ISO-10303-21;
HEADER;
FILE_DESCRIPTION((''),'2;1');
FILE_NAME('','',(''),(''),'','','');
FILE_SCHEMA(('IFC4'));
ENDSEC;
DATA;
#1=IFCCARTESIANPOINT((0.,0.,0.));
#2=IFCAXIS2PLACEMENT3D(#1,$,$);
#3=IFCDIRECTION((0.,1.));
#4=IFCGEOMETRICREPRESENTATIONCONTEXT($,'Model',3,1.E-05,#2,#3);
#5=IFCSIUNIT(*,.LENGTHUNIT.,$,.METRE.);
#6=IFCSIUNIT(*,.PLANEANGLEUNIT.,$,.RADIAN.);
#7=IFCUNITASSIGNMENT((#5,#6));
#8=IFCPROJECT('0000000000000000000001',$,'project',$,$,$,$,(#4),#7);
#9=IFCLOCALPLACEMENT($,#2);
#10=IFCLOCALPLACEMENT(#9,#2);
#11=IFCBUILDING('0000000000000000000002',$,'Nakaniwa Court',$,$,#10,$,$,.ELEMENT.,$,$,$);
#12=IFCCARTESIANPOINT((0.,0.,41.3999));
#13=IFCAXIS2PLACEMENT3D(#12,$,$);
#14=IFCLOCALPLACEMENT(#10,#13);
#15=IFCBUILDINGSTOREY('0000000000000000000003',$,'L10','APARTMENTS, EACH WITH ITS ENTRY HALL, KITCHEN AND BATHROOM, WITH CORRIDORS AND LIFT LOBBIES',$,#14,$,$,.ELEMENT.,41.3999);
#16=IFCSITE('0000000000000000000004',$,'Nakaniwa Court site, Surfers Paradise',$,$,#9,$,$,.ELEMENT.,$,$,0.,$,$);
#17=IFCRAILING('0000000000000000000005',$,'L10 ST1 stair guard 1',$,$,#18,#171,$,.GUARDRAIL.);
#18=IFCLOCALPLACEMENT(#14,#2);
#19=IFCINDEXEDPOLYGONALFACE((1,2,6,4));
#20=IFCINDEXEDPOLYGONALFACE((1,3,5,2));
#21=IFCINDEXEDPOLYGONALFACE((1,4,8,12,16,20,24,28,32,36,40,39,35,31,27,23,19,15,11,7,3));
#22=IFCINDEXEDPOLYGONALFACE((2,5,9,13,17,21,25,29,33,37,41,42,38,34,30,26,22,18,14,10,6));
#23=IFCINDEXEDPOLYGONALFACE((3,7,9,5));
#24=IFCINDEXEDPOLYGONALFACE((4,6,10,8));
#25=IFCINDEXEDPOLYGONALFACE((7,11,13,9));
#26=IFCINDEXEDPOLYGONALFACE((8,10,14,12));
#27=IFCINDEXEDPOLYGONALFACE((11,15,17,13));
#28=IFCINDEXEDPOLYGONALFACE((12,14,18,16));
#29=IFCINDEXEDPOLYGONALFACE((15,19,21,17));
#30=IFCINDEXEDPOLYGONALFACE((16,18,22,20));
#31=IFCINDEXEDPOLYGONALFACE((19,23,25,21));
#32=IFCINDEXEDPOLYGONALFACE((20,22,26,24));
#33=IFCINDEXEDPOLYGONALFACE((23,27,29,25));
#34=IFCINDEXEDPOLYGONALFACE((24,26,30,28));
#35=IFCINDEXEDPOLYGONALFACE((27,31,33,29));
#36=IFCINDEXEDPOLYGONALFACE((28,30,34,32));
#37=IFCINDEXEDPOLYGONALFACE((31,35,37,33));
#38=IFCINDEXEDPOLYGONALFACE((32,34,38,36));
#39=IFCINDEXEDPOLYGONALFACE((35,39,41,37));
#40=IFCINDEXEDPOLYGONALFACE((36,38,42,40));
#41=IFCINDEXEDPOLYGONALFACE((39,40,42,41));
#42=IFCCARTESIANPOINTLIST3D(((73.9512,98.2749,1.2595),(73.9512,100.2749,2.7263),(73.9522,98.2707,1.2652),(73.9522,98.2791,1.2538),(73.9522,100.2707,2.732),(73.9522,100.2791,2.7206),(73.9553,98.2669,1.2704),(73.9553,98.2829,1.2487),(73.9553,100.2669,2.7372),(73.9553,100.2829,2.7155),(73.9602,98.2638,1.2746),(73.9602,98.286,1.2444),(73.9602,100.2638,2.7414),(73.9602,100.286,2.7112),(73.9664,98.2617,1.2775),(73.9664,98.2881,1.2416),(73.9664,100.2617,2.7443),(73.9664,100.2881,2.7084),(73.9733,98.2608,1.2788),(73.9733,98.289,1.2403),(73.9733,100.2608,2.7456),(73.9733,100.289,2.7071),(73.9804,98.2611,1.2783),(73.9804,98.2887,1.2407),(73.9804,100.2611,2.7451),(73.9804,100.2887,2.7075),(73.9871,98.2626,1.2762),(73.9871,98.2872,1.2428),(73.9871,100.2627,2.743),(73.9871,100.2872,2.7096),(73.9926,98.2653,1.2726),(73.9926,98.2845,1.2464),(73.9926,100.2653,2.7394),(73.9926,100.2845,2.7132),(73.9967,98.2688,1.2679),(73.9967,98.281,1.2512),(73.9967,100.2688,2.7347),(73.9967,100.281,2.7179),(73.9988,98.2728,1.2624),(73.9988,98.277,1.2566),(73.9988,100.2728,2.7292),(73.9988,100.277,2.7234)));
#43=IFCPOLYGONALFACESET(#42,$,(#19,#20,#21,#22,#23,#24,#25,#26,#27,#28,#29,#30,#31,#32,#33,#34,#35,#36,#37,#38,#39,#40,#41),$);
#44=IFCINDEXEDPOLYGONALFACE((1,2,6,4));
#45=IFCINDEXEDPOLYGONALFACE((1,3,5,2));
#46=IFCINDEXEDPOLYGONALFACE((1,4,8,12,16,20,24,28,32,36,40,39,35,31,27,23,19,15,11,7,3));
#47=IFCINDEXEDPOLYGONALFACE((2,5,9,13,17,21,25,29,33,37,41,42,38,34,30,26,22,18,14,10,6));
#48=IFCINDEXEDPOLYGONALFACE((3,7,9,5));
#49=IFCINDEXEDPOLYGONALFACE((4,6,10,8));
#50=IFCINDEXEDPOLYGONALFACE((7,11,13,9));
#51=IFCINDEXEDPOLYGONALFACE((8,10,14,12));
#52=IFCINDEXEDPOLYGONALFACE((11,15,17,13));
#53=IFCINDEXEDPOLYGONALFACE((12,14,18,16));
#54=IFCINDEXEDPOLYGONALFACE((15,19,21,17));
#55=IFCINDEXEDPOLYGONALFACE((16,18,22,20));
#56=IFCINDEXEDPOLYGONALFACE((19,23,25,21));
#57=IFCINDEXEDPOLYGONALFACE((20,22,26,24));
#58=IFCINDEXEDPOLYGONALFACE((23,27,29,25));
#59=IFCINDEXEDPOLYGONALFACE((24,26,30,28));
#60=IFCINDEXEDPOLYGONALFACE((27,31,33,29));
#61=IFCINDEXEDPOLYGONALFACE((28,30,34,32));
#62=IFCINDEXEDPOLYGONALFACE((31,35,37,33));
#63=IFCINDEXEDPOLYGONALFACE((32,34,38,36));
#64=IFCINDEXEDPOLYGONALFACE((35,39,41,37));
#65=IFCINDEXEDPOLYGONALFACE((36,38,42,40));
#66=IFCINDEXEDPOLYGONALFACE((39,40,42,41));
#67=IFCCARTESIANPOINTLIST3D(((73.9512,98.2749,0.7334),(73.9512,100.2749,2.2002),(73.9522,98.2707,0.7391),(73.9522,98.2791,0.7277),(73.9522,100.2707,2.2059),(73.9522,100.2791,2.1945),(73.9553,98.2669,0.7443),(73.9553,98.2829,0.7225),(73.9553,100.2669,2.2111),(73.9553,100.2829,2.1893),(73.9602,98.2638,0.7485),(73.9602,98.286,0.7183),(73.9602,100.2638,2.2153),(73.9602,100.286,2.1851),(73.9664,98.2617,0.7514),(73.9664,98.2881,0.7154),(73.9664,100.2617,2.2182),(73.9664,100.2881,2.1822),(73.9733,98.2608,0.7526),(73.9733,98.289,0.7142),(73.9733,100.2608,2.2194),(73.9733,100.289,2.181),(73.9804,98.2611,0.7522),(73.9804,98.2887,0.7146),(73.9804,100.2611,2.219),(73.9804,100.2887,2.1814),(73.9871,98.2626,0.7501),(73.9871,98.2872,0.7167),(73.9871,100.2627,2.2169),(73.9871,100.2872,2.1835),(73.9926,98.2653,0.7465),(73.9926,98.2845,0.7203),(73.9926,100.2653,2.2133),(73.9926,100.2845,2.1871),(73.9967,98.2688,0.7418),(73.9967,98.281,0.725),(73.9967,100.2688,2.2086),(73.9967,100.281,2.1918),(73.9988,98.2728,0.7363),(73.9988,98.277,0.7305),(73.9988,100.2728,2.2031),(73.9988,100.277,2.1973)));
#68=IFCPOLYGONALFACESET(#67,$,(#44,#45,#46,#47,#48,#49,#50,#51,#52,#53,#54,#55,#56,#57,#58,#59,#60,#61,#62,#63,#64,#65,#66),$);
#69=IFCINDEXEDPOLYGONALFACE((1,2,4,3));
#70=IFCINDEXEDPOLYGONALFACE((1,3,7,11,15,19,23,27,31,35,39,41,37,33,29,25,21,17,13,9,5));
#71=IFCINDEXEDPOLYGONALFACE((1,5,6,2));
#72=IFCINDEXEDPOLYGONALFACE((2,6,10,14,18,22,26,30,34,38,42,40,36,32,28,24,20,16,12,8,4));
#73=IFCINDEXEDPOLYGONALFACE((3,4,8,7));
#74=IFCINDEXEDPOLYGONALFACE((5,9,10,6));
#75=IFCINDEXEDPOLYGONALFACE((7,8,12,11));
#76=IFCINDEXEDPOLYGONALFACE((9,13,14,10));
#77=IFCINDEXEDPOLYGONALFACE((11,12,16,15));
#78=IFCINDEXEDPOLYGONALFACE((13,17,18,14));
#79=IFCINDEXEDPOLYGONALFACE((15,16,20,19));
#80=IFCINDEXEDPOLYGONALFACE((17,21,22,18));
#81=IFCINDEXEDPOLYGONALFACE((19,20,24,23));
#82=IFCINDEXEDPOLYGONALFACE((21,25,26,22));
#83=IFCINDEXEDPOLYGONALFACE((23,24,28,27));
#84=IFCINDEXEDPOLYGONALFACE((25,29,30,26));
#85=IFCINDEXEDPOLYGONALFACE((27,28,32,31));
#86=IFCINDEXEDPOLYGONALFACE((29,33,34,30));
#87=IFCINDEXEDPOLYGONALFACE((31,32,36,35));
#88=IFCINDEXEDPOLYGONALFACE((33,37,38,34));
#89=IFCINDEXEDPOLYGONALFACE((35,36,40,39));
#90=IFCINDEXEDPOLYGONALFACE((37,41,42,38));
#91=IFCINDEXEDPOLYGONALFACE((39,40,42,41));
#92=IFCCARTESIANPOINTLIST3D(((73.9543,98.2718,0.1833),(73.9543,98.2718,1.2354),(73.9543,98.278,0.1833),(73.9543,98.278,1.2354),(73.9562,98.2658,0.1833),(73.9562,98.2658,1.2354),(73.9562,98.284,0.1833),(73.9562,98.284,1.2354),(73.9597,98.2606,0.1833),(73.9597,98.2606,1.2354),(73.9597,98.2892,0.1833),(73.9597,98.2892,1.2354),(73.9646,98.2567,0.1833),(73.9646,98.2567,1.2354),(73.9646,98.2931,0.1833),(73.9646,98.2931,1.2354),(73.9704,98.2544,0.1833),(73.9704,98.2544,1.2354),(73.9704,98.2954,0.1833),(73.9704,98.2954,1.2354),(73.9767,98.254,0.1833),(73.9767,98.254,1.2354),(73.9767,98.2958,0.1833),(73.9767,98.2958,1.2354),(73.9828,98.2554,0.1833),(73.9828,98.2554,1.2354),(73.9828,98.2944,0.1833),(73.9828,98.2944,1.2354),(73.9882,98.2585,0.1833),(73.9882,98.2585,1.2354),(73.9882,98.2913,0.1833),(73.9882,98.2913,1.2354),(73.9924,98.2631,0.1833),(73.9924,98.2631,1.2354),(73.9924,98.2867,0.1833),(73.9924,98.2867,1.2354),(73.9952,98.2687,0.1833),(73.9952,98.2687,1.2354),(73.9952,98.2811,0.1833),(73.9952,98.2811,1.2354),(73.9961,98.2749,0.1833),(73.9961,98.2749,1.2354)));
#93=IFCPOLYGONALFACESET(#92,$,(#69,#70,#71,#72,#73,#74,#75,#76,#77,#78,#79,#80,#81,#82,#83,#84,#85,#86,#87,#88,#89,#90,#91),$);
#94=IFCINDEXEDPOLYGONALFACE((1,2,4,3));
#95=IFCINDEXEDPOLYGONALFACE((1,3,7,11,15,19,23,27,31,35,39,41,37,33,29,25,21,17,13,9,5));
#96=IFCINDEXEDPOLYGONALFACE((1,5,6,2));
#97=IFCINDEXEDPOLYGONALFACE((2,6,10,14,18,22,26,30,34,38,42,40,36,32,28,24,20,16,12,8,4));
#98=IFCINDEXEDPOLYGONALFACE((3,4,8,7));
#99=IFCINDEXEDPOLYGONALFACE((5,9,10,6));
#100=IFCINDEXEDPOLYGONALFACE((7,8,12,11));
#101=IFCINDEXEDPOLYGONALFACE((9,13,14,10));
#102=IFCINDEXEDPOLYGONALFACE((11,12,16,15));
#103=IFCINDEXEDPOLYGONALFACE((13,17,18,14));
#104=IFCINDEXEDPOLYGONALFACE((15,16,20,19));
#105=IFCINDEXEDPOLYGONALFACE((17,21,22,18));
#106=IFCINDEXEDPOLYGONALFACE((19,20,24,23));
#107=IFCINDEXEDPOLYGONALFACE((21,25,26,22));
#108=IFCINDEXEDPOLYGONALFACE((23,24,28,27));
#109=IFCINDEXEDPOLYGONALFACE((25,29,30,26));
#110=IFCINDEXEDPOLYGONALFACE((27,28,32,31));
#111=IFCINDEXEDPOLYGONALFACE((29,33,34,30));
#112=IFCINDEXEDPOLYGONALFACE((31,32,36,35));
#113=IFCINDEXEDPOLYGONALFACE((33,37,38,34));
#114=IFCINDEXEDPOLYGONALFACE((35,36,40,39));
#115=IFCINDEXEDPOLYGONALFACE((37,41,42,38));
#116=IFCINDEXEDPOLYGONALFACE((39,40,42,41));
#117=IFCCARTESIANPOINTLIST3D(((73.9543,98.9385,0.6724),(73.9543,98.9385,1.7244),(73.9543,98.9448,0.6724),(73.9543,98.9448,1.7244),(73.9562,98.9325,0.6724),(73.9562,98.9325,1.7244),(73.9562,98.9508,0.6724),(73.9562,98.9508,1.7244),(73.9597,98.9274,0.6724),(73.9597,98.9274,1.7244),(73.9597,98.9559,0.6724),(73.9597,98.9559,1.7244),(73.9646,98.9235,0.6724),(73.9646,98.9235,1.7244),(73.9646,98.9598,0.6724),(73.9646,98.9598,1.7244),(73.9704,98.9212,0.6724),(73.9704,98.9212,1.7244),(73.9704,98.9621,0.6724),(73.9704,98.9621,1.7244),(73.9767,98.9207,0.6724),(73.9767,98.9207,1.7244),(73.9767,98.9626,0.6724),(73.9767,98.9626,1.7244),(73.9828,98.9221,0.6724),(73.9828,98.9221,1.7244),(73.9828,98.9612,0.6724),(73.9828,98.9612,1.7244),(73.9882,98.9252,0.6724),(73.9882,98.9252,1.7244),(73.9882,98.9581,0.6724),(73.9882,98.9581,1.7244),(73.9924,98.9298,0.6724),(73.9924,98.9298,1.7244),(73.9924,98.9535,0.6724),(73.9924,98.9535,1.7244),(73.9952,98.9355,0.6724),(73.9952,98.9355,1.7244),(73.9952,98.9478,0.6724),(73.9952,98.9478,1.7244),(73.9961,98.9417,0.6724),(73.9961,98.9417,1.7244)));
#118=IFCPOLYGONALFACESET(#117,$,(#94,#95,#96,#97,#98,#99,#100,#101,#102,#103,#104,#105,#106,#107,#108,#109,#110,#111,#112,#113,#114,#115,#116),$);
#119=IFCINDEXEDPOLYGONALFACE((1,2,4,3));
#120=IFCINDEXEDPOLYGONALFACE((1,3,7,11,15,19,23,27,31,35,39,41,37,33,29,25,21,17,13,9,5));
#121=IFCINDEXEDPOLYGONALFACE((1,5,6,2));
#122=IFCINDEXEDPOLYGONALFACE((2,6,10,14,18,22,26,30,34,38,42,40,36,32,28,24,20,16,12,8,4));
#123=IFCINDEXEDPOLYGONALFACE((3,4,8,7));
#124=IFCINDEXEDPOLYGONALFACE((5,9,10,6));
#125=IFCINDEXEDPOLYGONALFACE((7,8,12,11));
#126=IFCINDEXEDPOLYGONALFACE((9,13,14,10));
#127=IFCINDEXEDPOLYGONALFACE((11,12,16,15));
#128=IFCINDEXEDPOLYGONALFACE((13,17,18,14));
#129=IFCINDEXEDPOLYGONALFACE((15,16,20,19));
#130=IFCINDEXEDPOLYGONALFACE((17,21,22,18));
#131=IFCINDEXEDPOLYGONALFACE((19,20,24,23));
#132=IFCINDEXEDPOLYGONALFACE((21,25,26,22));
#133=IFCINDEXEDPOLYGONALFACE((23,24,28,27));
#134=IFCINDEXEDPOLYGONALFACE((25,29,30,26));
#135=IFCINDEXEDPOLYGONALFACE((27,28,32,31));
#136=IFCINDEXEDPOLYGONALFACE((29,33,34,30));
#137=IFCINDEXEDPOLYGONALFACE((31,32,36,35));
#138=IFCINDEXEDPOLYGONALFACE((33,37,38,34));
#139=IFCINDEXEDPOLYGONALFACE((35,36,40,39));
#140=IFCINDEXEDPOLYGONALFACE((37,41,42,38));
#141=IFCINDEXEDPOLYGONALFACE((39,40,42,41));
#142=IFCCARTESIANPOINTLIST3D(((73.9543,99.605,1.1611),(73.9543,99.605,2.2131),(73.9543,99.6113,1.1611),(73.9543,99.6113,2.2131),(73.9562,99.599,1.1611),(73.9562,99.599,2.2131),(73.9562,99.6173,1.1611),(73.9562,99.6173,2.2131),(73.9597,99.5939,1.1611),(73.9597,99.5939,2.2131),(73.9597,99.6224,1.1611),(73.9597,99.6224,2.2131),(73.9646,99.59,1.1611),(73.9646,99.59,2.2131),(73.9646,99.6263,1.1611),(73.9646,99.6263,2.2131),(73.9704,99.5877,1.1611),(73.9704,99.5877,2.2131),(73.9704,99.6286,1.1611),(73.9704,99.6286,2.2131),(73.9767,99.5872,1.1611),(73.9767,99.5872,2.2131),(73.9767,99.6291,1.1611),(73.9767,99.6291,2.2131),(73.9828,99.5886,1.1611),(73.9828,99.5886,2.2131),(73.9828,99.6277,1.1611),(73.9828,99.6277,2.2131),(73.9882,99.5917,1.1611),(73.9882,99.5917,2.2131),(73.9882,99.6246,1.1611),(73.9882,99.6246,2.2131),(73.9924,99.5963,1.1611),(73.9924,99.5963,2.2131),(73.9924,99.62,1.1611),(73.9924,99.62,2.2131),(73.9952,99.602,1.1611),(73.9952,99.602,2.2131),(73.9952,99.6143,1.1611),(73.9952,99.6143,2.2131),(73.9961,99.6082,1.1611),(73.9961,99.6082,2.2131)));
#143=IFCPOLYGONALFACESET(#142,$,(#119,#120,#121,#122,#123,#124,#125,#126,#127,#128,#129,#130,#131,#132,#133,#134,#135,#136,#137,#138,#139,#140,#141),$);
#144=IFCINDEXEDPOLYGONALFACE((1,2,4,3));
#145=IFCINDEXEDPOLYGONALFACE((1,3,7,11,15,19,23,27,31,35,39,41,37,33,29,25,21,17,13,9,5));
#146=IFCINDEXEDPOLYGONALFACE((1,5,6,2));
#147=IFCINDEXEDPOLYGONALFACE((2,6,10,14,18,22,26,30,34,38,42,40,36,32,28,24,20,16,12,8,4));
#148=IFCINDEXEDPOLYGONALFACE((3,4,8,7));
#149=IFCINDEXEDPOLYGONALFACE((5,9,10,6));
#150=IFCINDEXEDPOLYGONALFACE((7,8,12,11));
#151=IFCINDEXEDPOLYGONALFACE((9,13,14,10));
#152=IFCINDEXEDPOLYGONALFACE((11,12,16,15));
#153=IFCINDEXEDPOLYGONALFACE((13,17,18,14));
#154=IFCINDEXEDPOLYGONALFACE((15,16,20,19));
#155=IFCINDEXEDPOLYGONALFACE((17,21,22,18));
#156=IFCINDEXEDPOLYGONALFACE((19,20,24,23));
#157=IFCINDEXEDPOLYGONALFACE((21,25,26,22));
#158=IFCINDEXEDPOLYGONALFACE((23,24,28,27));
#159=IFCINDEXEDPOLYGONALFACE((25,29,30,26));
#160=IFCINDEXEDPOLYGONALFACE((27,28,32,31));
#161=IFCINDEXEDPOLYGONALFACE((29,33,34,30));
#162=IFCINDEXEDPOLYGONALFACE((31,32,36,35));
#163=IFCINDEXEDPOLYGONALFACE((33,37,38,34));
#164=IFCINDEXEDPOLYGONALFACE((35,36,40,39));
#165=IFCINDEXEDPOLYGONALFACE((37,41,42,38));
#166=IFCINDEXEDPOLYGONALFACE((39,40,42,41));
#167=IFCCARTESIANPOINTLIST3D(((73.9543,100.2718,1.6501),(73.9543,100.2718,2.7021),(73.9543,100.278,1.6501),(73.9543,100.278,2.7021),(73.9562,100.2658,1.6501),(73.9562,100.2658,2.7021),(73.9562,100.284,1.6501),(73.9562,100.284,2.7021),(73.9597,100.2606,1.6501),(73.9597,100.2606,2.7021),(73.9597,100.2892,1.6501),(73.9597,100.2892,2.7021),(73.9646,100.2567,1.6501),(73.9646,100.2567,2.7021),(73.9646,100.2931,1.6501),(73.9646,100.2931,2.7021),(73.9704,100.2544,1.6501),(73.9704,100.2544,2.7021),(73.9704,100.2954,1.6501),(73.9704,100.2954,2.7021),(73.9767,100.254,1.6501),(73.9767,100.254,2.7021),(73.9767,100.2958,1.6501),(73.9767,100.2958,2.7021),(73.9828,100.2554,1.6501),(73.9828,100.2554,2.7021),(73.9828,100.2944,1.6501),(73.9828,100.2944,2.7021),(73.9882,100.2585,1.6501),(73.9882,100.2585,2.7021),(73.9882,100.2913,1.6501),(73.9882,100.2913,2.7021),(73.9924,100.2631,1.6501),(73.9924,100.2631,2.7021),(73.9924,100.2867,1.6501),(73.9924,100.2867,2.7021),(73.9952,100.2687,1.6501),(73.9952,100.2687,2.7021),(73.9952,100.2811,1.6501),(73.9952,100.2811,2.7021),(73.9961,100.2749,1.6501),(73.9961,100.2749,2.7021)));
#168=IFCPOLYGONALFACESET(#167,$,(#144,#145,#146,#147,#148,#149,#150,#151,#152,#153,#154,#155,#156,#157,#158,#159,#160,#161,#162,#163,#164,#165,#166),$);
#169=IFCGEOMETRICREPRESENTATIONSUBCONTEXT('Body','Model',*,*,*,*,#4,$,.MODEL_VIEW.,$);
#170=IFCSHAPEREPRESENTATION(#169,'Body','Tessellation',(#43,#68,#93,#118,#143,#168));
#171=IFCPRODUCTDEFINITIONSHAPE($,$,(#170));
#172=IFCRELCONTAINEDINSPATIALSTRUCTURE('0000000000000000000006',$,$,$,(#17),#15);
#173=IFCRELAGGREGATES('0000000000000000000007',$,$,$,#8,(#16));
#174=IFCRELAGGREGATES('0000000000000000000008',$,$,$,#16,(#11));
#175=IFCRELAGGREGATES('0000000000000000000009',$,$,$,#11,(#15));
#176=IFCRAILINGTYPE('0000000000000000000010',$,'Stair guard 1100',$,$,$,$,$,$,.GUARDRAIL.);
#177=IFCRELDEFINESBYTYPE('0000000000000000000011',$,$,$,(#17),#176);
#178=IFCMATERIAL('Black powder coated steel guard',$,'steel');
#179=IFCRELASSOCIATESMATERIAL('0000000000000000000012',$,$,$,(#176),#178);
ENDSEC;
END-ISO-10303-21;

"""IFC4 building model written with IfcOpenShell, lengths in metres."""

from ifc_helpers import new_model, si_unit, direction, frame, origin, origin_2d, place, context, subcontext, project, spatial, circle, extrude, material, type_object, element, save


model = new_model("IFC4")

# Units and contexts
model_context = context("Model", 3, precision=1e-05, world=origin(), true_north=direction((0.0, 1.0)))
body_context = subcontext(model_context, "Body", "Model", "MODEL_VIEW")
ifc_project = project(units=[si_unit("LENGTHUNIT", "METRE"), si_unit("PLANEANGLEUNIT", "RADIAN")], contexts=[model_context])

# Site, building, storey
site_placement = place(None, origin())
site = spatial("IfcSite", under=ifc_project, at=site_placement, Name="Nakaniwa Court site, Surfers Paradise", CompositionType="ELEMENT", RefElevation=0.0)
building_placement = place(site_placement, origin())
building = spatial("IfcBuilding", under=site, at=building_placement, Name="Nakaniwa Court", CompositionType="ELEMENT")
storey_placement = place(building_placement, frame((0.0, 0.0, 41.3999)))
storey = spatial("IfcBuildingStorey", under=building, at=storey_placement, Name="L10", Description="APARTMENTS, EACH WITH ITS ENTRY HALL, KITCHEN AND BATHROOM, WITH CORRIDORS AND LIFT LOBBIES", CompositionType="ELEMENT", Elevation=41.3999)

# Railing
ifc_material_1 = material(Name="Black powder coated steel guard", Category="steel")
railing_type_1 = type_object("IfcRailingType", Name="Stair guard 1100", PredefinedType="GUARDRAIL", material=ifc_material_1)
railing_1_placement = place(storey_placement, frame((73.9751, 98.2749, 0.1833)))
element("IfcRailing", 1, at=railing_1_placement, inside=storey, type_object=railing_type_1, Name="L10 ST1 stair guard 1", PredefinedType="GUARDRAIL", context=body_context, shape_type="SweptSolid", body=[
    extrude(circle(Radius=0.0239, at=origin_2d()), frame((0.0, 0.0, 1.0762), z_axis=(0.0, 0.80638, 0.591398), x_axis=(-1.0, 0.0, 0.0)), (0.0, 0.0, 1.0), 2.4802),
    extrude(circle(Radius=0.0239, at=origin_2d()), frame((0.0, 0.0, 0.55), z_axis=(0.0, 0.80638, 0.591398), x_axis=(-1.0, 0.0, 0.0)), (0.0, 0.0, 1.0), 2.4802),
    extrude(circle(Radius=0.021, at=origin_2d()), origin(), (0.0, 0.0, 1.0), 1.052),
    extrude(circle(Radius=0.021, at=origin_2d()), frame((0.0, 0.6667, 0.489)), (0.0, 0.0, 1.0), 1.052),
    extrude(circle(Radius=0.021, at=origin_2d()), frame((0.0, 1.3333, 0.9778)), (0.0, 0.0, 1.0), 1.052),
    extrude(circle(Radius=0.021, at=origin_2d()), frame((0.0, 2.0, 1.4668)), (0.0, 0.0, 1.0), 1.052),
])

save(model, "model.ifc")
